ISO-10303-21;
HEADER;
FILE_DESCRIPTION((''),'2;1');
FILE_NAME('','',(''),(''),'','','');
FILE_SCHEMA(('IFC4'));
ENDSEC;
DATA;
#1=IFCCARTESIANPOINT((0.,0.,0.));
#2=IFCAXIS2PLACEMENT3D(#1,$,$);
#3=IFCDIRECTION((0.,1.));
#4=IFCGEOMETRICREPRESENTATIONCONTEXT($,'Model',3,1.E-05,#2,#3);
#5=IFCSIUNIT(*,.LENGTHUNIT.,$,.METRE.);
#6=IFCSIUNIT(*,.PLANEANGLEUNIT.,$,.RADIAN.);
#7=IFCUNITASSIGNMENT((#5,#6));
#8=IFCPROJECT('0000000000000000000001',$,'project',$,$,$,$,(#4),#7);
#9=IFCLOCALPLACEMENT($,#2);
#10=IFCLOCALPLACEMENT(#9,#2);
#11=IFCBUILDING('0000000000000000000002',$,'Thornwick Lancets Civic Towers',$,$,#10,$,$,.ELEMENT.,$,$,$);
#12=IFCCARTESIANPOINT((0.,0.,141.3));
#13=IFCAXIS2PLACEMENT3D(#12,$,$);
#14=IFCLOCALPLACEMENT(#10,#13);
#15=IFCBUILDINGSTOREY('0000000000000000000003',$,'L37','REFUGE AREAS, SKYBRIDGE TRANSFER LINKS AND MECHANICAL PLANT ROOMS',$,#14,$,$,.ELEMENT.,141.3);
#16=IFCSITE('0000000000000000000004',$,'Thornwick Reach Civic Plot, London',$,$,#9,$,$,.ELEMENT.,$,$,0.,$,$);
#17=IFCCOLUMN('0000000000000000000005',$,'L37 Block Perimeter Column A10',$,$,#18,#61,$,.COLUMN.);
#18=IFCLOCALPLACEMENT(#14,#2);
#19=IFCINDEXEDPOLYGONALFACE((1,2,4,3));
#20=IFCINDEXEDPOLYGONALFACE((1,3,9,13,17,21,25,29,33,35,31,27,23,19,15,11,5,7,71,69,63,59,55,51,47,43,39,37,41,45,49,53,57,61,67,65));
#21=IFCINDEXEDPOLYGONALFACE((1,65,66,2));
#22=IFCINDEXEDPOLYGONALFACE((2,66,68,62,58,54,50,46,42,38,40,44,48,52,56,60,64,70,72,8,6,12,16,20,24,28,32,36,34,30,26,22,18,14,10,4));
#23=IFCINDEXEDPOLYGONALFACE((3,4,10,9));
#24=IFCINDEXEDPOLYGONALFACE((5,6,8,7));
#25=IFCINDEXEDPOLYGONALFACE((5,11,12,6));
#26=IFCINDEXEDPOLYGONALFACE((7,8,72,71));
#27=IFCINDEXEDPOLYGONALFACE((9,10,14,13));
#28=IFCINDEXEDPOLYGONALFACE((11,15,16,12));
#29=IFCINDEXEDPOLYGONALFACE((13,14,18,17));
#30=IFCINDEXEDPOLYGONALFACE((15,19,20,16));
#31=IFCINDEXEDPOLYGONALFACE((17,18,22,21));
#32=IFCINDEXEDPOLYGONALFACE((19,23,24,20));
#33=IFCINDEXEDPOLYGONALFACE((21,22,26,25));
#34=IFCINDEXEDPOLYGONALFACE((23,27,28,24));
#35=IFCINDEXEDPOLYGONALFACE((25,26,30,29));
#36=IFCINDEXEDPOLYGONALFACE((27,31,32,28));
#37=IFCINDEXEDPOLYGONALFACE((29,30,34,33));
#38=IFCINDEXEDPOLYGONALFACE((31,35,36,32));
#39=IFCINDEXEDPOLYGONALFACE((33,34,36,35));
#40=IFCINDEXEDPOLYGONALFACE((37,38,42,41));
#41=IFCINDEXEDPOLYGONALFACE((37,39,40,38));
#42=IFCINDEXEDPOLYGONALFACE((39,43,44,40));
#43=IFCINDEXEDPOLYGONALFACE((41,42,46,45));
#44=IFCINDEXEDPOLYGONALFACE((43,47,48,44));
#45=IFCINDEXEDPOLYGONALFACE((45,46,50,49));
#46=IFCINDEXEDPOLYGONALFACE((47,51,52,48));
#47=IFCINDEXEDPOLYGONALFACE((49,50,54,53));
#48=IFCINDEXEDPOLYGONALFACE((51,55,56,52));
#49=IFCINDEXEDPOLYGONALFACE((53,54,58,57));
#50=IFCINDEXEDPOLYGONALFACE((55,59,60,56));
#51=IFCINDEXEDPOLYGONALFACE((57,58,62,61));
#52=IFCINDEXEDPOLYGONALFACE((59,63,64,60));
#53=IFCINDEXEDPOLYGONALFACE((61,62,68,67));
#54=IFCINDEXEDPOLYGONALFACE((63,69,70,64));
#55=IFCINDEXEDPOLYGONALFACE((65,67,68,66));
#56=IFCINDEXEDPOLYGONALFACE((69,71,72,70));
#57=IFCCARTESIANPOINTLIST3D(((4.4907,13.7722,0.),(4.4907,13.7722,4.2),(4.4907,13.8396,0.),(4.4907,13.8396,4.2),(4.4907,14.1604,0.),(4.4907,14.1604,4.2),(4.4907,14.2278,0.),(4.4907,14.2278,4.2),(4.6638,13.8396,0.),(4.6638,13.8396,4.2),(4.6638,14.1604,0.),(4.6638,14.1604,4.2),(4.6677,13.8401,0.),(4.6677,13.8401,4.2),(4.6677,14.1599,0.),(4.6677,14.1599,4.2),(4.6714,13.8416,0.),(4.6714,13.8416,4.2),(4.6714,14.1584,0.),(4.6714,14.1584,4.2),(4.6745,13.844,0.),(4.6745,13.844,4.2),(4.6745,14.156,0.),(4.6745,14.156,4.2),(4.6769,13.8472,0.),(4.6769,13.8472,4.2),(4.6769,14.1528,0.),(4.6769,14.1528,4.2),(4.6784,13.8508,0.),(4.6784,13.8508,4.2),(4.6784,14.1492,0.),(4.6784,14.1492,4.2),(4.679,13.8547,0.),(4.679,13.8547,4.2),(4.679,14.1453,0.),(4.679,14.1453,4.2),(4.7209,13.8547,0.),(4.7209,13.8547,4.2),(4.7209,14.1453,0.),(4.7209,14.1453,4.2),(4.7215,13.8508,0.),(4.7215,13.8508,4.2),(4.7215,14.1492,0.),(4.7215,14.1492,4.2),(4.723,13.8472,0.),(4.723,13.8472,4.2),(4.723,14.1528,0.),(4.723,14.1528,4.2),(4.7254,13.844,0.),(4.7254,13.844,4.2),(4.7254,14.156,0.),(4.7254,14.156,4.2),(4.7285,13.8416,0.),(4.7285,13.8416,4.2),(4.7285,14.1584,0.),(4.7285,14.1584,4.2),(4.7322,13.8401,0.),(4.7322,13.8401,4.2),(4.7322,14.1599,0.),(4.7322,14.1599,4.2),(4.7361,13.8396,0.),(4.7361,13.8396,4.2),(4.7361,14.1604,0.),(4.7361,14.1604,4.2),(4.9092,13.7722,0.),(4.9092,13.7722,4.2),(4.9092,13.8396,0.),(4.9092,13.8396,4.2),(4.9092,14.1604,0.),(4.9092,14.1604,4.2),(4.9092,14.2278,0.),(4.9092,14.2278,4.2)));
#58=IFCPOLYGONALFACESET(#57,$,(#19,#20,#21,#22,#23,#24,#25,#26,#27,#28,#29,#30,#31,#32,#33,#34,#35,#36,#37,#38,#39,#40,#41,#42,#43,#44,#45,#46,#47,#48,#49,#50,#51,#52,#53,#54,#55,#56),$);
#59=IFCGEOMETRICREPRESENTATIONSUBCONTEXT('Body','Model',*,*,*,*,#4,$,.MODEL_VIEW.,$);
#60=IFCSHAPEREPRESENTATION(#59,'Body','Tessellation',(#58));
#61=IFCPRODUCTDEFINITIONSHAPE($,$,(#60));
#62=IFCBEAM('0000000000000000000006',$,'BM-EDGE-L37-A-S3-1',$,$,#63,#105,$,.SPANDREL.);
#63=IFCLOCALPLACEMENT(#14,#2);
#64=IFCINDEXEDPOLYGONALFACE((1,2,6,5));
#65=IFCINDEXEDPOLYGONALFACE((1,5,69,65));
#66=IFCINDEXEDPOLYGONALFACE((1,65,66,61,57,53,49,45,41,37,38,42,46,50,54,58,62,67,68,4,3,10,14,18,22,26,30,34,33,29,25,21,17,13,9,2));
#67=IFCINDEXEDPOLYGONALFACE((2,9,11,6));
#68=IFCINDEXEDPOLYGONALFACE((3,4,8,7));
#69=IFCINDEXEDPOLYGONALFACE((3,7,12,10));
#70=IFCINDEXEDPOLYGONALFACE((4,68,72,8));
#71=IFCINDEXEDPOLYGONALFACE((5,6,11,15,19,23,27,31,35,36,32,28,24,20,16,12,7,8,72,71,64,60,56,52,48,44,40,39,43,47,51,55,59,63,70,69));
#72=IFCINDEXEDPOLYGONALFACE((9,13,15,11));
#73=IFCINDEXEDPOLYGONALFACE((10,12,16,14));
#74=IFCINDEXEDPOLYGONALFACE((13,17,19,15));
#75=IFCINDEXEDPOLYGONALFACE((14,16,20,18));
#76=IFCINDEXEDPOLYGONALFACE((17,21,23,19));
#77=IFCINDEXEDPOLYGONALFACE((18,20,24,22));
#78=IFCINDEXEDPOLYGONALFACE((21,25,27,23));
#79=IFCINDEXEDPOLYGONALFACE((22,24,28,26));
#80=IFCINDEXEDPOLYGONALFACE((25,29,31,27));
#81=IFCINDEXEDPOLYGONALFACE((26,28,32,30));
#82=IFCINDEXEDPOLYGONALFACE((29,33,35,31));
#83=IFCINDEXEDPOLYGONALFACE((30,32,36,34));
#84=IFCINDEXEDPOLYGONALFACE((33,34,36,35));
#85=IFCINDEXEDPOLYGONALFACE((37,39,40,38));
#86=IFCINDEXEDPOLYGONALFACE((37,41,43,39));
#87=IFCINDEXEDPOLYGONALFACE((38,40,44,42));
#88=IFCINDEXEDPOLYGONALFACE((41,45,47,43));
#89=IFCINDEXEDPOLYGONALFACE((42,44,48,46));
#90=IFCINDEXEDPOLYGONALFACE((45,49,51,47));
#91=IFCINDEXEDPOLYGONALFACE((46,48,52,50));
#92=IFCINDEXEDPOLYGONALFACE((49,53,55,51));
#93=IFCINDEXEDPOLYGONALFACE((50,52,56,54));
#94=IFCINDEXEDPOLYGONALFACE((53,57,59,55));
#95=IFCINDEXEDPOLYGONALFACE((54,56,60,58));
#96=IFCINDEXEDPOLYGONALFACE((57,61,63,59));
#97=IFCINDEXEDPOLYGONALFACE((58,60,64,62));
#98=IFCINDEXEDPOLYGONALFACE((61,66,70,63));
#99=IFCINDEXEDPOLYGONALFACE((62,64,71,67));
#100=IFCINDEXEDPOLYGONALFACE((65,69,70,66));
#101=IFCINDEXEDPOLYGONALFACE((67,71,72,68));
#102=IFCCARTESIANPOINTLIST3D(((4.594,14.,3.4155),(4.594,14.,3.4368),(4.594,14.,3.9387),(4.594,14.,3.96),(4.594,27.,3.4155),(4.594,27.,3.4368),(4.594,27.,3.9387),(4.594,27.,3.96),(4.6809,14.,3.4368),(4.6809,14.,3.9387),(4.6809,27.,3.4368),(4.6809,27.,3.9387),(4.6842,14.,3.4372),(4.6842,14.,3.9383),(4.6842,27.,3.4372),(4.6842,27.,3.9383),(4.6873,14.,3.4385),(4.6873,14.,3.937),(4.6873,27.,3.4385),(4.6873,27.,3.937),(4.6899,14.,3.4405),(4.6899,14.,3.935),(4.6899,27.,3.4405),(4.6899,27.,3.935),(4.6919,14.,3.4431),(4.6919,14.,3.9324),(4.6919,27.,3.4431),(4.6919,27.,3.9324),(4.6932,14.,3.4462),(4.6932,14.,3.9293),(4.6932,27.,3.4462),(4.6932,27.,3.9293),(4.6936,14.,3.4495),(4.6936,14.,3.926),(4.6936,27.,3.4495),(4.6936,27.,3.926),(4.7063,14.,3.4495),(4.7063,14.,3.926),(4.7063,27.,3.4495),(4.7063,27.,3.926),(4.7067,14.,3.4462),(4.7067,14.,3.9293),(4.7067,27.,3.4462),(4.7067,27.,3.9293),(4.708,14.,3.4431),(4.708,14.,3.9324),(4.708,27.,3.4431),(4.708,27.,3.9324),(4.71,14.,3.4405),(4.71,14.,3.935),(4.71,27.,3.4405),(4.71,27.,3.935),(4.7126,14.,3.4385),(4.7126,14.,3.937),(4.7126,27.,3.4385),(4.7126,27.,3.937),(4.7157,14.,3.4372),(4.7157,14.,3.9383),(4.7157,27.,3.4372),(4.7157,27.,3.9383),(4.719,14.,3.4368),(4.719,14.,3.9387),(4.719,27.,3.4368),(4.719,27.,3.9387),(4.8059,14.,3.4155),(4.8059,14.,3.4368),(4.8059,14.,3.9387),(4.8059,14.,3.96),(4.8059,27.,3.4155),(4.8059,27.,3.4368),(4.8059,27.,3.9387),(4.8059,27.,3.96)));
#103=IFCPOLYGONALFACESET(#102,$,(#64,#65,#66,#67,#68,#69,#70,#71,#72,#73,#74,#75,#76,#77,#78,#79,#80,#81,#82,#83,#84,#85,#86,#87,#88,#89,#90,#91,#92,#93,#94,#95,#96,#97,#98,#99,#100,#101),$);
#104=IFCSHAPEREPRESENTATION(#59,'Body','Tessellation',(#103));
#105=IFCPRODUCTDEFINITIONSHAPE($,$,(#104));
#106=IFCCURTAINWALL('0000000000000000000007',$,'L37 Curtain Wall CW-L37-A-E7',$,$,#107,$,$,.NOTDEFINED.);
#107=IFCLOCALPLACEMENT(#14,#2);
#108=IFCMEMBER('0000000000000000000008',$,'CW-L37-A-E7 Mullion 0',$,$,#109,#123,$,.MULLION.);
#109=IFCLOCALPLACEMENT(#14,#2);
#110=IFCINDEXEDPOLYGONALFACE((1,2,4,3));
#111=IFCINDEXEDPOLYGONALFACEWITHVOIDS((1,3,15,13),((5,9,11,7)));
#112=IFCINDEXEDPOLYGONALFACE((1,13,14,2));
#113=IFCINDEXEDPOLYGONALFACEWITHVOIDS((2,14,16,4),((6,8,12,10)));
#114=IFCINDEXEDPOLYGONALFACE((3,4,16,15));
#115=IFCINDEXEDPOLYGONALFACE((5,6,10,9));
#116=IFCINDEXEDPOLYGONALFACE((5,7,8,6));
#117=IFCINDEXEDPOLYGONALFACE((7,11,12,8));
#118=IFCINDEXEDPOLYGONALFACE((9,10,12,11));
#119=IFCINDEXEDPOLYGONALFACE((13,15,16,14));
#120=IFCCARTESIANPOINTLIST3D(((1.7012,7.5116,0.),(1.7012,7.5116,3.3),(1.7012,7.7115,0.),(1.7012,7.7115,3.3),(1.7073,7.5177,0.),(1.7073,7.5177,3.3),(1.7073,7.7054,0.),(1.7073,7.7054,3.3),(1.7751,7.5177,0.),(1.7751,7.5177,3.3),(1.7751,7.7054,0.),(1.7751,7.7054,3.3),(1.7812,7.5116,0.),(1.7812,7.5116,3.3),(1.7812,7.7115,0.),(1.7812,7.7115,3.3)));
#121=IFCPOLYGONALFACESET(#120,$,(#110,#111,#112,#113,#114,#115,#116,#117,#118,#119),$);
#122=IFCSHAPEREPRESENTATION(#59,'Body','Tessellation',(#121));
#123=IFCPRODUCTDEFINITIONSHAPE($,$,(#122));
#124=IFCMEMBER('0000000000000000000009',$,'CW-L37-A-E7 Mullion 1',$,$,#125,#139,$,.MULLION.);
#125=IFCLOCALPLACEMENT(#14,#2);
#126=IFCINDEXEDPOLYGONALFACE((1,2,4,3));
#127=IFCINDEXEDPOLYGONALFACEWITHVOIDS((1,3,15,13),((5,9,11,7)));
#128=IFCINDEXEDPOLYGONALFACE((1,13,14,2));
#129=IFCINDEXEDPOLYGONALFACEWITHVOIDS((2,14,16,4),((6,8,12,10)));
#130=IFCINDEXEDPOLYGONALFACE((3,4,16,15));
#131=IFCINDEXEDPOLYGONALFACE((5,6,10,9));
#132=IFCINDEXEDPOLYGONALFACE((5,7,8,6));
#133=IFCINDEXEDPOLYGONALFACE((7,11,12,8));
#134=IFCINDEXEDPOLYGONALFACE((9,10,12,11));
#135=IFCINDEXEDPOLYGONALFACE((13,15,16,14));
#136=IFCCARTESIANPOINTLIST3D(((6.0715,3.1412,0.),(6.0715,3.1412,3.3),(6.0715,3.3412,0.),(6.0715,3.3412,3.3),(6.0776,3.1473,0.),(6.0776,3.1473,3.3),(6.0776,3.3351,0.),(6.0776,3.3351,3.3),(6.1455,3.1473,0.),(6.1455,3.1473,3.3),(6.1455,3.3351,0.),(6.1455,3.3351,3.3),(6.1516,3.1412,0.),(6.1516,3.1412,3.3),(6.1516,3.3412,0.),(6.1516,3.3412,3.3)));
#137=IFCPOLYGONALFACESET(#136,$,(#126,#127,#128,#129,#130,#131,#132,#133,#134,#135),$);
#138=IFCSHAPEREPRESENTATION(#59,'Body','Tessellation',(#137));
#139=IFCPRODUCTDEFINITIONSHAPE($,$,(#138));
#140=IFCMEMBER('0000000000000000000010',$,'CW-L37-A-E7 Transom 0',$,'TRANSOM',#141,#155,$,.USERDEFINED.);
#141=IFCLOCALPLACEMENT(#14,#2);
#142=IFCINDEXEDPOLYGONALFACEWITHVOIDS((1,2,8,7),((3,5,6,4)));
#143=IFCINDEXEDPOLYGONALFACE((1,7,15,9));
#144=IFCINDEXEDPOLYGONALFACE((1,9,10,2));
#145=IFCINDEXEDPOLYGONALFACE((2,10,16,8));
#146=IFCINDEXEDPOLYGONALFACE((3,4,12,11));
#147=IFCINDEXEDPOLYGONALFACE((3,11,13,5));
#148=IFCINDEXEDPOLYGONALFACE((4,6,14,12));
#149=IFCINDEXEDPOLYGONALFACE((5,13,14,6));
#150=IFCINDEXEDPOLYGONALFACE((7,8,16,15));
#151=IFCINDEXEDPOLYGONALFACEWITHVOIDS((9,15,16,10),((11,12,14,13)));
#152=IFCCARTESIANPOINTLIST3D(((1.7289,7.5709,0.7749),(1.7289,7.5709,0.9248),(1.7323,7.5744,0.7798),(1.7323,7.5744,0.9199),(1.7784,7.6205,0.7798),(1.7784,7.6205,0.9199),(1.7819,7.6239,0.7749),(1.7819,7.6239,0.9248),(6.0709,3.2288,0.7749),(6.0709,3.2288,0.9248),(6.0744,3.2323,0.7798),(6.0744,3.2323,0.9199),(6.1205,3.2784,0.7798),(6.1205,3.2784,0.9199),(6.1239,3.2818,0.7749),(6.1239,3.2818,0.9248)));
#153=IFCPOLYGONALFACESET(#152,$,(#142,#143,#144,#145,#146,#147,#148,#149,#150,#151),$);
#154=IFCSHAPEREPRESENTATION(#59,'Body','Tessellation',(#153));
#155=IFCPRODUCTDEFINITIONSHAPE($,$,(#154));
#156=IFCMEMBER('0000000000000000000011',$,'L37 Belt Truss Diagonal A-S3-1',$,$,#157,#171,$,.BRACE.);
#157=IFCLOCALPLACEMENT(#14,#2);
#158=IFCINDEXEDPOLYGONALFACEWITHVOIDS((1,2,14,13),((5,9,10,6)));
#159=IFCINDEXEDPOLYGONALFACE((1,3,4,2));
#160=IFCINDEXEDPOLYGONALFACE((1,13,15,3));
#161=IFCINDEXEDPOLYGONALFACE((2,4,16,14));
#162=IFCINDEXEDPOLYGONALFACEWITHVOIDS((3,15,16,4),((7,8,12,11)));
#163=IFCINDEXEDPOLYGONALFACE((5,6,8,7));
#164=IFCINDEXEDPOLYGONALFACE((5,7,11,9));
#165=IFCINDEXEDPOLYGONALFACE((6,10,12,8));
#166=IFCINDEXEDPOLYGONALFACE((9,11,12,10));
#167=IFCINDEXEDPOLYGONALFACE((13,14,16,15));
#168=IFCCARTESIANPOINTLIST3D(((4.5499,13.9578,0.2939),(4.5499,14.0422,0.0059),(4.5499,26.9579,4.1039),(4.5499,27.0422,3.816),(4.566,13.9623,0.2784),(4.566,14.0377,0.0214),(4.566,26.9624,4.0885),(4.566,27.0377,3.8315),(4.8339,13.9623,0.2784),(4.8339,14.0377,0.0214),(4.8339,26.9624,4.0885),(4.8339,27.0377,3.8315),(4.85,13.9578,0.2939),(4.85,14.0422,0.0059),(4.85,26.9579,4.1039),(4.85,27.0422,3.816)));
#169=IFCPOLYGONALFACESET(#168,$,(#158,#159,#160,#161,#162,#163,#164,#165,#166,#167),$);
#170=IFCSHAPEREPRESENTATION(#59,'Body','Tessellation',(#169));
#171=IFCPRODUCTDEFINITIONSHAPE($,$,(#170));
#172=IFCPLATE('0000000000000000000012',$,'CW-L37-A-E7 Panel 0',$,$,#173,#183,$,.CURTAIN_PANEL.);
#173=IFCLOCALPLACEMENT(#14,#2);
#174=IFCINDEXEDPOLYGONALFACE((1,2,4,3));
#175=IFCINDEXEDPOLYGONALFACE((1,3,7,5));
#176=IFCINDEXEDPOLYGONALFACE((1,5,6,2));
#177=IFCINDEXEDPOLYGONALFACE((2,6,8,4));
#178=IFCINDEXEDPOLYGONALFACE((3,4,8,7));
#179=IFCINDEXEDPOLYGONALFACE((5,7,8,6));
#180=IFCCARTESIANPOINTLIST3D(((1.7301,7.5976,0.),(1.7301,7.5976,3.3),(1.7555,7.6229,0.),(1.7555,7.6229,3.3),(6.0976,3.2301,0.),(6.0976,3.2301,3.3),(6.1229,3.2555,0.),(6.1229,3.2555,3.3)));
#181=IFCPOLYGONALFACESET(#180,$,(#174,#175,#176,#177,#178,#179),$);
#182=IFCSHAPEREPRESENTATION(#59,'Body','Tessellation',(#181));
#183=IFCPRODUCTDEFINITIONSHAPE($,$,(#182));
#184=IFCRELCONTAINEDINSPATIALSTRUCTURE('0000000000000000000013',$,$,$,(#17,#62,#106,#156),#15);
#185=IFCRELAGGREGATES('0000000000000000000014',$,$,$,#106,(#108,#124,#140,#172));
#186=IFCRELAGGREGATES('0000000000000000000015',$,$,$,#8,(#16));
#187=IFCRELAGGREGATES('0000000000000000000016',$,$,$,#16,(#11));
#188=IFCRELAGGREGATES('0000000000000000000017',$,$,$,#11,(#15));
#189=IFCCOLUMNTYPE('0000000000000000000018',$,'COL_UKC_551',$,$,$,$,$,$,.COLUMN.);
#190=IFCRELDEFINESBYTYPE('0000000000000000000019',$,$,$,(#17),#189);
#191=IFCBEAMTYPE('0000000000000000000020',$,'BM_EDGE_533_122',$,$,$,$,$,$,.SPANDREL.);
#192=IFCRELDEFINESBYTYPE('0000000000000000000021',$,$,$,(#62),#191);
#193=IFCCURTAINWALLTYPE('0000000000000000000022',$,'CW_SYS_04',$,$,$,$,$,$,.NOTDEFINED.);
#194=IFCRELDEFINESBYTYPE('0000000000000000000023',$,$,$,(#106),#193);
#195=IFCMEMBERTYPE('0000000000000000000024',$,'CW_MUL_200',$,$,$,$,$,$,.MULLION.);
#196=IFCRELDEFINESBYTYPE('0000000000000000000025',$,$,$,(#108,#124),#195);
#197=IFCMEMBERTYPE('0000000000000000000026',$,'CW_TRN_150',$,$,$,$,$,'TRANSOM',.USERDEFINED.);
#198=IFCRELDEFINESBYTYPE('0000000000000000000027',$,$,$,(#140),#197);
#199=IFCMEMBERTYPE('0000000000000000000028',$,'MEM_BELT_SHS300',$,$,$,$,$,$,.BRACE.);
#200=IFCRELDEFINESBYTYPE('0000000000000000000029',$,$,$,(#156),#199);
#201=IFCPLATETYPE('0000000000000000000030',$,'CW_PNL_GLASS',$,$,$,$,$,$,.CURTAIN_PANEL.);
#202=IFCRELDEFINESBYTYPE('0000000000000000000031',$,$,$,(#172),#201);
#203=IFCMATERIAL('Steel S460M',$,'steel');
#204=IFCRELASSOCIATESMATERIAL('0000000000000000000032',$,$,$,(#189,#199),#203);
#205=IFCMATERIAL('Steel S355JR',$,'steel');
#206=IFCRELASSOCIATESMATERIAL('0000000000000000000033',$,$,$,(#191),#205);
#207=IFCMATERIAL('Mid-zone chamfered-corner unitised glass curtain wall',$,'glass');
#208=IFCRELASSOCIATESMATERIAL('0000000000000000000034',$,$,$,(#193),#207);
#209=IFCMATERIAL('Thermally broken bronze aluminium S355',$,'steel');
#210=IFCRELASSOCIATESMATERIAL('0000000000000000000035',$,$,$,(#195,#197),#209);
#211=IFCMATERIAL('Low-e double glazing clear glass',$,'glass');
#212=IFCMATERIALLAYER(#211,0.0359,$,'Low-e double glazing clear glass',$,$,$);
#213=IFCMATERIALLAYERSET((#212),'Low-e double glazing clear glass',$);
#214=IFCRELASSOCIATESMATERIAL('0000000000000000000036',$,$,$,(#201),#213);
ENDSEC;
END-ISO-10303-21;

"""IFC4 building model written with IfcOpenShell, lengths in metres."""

from ifc_helpers import new_model, si_unit, direction, frame, origin, origin_2d, place, context, subcontext, project, spatial, rectangle, hollow_rectangle, i_section, extrude, material, layer, layer_set, material_profile, profile_set, type_object, element, aggregate, save


model = new_model("IFC4")

# Units and contexts
model_context = context("Model", 3, precision=1e-05, world=origin(), true_north=direction((0.0, 1.0)))
body_context = subcontext(model_context, "Body", "Model", "MODEL_VIEW")
ifc_project = project(units=[si_unit("LENGTHUNIT", "METRE"), si_unit("PLANEANGLEUNIT", "RADIAN")], contexts=[model_context])

# Site, building, storey
site_placement = place(None, origin())
site = spatial("IfcSite", under=ifc_project, at=site_placement, Name="Thornwick Reach Civic Plot, London", CompositionType="ELEMENT", RefElevation=0.0)
building_placement = place(site_placement, origin())
building = spatial("IfcBuilding", under=site, at=building_placement, Name="Thornwick Lancets Civic Towers", CompositionType="ELEMENT")
storey_placement = place(building_placement, frame((0.0, 0.0, 141.3)))
storey = spatial("IfcBuildingStorey", under=building, at=storey_placement, Name="L37", Description="REFUGE AREAS, SKYBRIDGE TRANSFER LINKS AND MECHANICAL PLANT ROOMS", CompositionType="ELEMENT", Elevation=141.3)

# Column
ifc_material_1 = material(Name="Steel S460M", Category="steel")
ifc_material_profile_1 = material_profile(ifc_material_1, i_section(OverallWidth=0.4185, OverallDepth=0.4556, WebThickness=0.042, FlangeThickness=0.0674, FilletRadius=0.0151, at=origin_2d()), Name="UKC 356x406x551")
ifc_profile_set_1 = profile_set([ifc_material_profile_1], Name="Steel S460M")
column_type = type_object("IfcColumnType", Name="COL_UKC_551", PredefinedType="COLUMN", material=ifc_profile_set_1)
column_placement = place(storey_placement, frame((4.7, 14.0, 0.0), z_axis=(0.0, 0.0, 1.0), x_axis=(1.0, 0.0, 0.0)))
element("IfcColumn", 1, at=column_placement, inside=storey, type_object=column_type, Name="L37 Block Perimeter Column A10", PredefinedType="COLUMN", context=body_context, shape_type="SweptSolid", body=[
    extrude(i_section(OverallWidth=0.4185, OverallDepth=0.4556, WebThickness=0.042, FlangeThickness=0.0674, FilletRadius=0.0151, at=origin_2d()), origin(), (0.0, 0.0, 1.0), 4.2),
])

# Beam
ifc_material_2 = material(Name="Steel S355JR", Category="steel")
ifc_material_profile_2 = material_profile(ifc_material_2, i_section(OverallWidth=0.2119, OverallDepth=0.5444, WebThickness=0.0127, FlangeThickness=0.0212, FilletRadius=0.0127, at=origin_2d()), Name="UKB 533x210x122")
ifc_profile_set_2 = profile_set([ifc_material_profile_2], Name="Steel S355JR")
beam_type = type_object("IfcBeamType", Name="BM_EDGE_533_122", PredefinedType="SPANDREL", material=ifc_profile_set_2)
beam_placement = place(storey_placement, frame((4.7, 14.0, 3.6877), z_axis=(0.0, 1.0, 0.0), x_axis=(-1.0, 0.0, 0.0)))
element("IfcBeam", 2, at=beam_placement, inside=storey, type_object=beam_type, Name="BM-EDGE-L37-A-S3-1", PredefinedType="SPANDREL", context=body_context, shape_type="SweptSolid", body=[
    extrude(i_section(OverallWidth=0.2119, OverallDepth=0.5444, WebThickness=0.0127, FlangeThickness=0.0212, FilletRadius=0.0127, at=origin_2d()), origin(), (0.0, 0.0, 1.0), 13.0),
])

# Curtain wall, members
ifc_material_3 = material(Name="Mid-zone chamfered-corner unitised glass curtain wall", Category="glass")
curtain_wall_type = type_object("IfcCurtainWallType", Name="CW_SYS_04", PredefinedType="NOTDEFINED", material=ifc_material_3)
curtain_wall_placement = place(storey_placement, origin())
curtain_wall = element("IfcCurtainWall", 3, at=curtain_wall_placement, inside=storey, type_object=curtain_wall_type, Name="L37 Curtain Wall CW-L37-A-E7", PredefinedType="NOTDEFINED")
ifc_material_4 = material(Name="Thermally broken bronze aluminium S355", Category="steel")
ifc_material_profile_3 = material_profile(ifc_material_4, hollow_rectangle(XDim=0.0801, YDim=0.2, WallThickness=0.0061, at=origin_2d()), Name="RHS 200x80x6")
ifc_profile_set_3 = profile_set([ifc_material_profile_3], Name="Thermally broken bronze aluminium S355")
member_type_1 = type_object("IfcMemberType", Name="CW_MUL_200", PredefinedType="MULLION", material=ifc_profile_set_3)
member_1_placement = place(storey_placement, frame((1.7412, 7.6116, 0.0), z_axis=(0.0, 0.0, 1.0), x_axis=(1.0, 0.0, 0.0)))
member_1 = element("IfcMember", 4, at=member_1_placement, type_object=member_type_1, Name="CW-L37-A-E7 Mullion 0", PredefinedType="MULLION", context=body_context, shape_type="SweptSolid", body=[
    extrude(hollow_rectangle(XDim=0.0801, YDim=0.2, WallThickness=0.0061, at=origin_2d()), origin(), (0.0, 0.0, 1.0), 3.3),
])
member_2_placement = place(storey_placement, frame((6.1116, 3.2412, 0.0), z_axis=(0.0, 0.0, 1.0), x_axis=(1.0, 0.0, 0.0)))
member_2 = element("IfcMember", 5, at=member_2_placement, type_object=member_type_1, Name="CW-L37-A-E7 Mullion 1", PredefinedType="MULLION", context=body_context, shape_type="SweptSolid", body=[
    extrude(hollow_rectangle(XDim=0.0801, YDim=0.2, WallThickness=0.0061, at=origin_2d()), origin(), (0.0, 0.0, 1.0), 3.3),
])
ifc_material_profile_4 = material_profile(ifc_material_4, hollow_rectangle(XDim=0.075, YDim=0.1499, WallThickness=0.0049, at=origin_2d()), Name="RHS 150x75x5")
ifc_profile_set_4 = profile_set([ifc_material_profile_4], Name="Thermally broken bronze aluminium S355")
member_type_2 = type_object("IfcMemberType", Name="CW_TRN_150", ElementType="TRANSOM", PredefinedType="USERDEFINED", material=ifc_profile_set_4)
member_3_placement = place(storey_placement, frame((1.7554, 7.5974, 0.8499), z_axis=(0.707107, -0.707107, 0.0), x_axis=(0.707107, 0.707107, 0.0)))
member_3 = element("IfcMember", 6, at=member_3_placement, type_object=member_type_2, Name="CW-L37-A-E7 Transom 0", ObjectType="TRANSOM", PredefinedType="USERDEFINED", context=body_context, shape_type="SweptSolid", body=[
    extrude(hollow_rectangle(XDim=0.075, YDim=0.1499, WallThickness=0.0049, at=origin_2d()), origin(), (0.0, 0.0, 1.0), 6.1406),
])

# Member
ifc_material_profile_5 = material_profile(ifc_material_1, hollow_rectangle(XDim=0.3, YDim=0.3, WallThickness=0.0161, at=origin_2d()), Name="SHS 300x300x16")
ifc_profile_set_5 = profile_set([ifc_material_profile_5], Name="Steel S460M")
member_type_3 = type_object("IfcMemberType", Name="MEM_BELT_SHS300", PredefinedType="BRACE", material=ifc_profile_set_5)
member_4_placement = place(storey_placement, frame((4.7, 14.0, 0.1499), z_axis=(0.0, 0.959634, 0.281251), x_axis=(-1.0, 0.0, 0.0)))
element("IfcMember", 7, at=member_4_placement, inside=storey, type_object=member_type_3, Name="L37 Belt Truss Diagonal A-S3-1", PredefinedType="BRACE", context=body_context, shape_type="SweptSolid", body=[
    extrude(hollow_rectangle(XDim=0.3, YDim=0.3, WallThickness=0.0161, at=origin_2d()), origin(), (0.0, 0.0, 1.0), 13.5469),
])

# Plate
ifc_material_5 = material(Name="Low-e double glazing clear glass", Category="glass")
ifc_layer_1 = layer(ifc_material_5, 0.0359, Name="Low-e double glazing clear glass")
ifc_layer_set_1 = layer_set([ifc_layer_1], Name="Low-e double glazing clear glass")
plate_type_1 = type_object("IfcPlateType", Name="CW_PNL_GLASS", PredefinedType="CURTAIN_PANEL", material=ifc_layer_set_1)
plate_1_placement = place(storey_placement, frame((3.9265, 5.4265, 0.0), z_axis=(0.0, 0.0, 1.0), x_axis=(0.707107, -0.707107, 0.0)))
plate_1 = element("IfcPlate", 8, at=plate_1_placement, type_object=plate_type_1, Name="CW-L37-A-E7 Panel 0", PredefinedType="CURTAIN_PANEL", context=body_context, shape_type="SweptSolid", body=[
    extrude(rectangle(XDim=6.1765, YDim=0.0359, at=origin_2d()), origin(), (0.0, 0.0, 1.0), 3.3),
])
aggregate(curtain_wall, [member_1, member_2, member_3, plate_1])

save(model, "model.ifc")
